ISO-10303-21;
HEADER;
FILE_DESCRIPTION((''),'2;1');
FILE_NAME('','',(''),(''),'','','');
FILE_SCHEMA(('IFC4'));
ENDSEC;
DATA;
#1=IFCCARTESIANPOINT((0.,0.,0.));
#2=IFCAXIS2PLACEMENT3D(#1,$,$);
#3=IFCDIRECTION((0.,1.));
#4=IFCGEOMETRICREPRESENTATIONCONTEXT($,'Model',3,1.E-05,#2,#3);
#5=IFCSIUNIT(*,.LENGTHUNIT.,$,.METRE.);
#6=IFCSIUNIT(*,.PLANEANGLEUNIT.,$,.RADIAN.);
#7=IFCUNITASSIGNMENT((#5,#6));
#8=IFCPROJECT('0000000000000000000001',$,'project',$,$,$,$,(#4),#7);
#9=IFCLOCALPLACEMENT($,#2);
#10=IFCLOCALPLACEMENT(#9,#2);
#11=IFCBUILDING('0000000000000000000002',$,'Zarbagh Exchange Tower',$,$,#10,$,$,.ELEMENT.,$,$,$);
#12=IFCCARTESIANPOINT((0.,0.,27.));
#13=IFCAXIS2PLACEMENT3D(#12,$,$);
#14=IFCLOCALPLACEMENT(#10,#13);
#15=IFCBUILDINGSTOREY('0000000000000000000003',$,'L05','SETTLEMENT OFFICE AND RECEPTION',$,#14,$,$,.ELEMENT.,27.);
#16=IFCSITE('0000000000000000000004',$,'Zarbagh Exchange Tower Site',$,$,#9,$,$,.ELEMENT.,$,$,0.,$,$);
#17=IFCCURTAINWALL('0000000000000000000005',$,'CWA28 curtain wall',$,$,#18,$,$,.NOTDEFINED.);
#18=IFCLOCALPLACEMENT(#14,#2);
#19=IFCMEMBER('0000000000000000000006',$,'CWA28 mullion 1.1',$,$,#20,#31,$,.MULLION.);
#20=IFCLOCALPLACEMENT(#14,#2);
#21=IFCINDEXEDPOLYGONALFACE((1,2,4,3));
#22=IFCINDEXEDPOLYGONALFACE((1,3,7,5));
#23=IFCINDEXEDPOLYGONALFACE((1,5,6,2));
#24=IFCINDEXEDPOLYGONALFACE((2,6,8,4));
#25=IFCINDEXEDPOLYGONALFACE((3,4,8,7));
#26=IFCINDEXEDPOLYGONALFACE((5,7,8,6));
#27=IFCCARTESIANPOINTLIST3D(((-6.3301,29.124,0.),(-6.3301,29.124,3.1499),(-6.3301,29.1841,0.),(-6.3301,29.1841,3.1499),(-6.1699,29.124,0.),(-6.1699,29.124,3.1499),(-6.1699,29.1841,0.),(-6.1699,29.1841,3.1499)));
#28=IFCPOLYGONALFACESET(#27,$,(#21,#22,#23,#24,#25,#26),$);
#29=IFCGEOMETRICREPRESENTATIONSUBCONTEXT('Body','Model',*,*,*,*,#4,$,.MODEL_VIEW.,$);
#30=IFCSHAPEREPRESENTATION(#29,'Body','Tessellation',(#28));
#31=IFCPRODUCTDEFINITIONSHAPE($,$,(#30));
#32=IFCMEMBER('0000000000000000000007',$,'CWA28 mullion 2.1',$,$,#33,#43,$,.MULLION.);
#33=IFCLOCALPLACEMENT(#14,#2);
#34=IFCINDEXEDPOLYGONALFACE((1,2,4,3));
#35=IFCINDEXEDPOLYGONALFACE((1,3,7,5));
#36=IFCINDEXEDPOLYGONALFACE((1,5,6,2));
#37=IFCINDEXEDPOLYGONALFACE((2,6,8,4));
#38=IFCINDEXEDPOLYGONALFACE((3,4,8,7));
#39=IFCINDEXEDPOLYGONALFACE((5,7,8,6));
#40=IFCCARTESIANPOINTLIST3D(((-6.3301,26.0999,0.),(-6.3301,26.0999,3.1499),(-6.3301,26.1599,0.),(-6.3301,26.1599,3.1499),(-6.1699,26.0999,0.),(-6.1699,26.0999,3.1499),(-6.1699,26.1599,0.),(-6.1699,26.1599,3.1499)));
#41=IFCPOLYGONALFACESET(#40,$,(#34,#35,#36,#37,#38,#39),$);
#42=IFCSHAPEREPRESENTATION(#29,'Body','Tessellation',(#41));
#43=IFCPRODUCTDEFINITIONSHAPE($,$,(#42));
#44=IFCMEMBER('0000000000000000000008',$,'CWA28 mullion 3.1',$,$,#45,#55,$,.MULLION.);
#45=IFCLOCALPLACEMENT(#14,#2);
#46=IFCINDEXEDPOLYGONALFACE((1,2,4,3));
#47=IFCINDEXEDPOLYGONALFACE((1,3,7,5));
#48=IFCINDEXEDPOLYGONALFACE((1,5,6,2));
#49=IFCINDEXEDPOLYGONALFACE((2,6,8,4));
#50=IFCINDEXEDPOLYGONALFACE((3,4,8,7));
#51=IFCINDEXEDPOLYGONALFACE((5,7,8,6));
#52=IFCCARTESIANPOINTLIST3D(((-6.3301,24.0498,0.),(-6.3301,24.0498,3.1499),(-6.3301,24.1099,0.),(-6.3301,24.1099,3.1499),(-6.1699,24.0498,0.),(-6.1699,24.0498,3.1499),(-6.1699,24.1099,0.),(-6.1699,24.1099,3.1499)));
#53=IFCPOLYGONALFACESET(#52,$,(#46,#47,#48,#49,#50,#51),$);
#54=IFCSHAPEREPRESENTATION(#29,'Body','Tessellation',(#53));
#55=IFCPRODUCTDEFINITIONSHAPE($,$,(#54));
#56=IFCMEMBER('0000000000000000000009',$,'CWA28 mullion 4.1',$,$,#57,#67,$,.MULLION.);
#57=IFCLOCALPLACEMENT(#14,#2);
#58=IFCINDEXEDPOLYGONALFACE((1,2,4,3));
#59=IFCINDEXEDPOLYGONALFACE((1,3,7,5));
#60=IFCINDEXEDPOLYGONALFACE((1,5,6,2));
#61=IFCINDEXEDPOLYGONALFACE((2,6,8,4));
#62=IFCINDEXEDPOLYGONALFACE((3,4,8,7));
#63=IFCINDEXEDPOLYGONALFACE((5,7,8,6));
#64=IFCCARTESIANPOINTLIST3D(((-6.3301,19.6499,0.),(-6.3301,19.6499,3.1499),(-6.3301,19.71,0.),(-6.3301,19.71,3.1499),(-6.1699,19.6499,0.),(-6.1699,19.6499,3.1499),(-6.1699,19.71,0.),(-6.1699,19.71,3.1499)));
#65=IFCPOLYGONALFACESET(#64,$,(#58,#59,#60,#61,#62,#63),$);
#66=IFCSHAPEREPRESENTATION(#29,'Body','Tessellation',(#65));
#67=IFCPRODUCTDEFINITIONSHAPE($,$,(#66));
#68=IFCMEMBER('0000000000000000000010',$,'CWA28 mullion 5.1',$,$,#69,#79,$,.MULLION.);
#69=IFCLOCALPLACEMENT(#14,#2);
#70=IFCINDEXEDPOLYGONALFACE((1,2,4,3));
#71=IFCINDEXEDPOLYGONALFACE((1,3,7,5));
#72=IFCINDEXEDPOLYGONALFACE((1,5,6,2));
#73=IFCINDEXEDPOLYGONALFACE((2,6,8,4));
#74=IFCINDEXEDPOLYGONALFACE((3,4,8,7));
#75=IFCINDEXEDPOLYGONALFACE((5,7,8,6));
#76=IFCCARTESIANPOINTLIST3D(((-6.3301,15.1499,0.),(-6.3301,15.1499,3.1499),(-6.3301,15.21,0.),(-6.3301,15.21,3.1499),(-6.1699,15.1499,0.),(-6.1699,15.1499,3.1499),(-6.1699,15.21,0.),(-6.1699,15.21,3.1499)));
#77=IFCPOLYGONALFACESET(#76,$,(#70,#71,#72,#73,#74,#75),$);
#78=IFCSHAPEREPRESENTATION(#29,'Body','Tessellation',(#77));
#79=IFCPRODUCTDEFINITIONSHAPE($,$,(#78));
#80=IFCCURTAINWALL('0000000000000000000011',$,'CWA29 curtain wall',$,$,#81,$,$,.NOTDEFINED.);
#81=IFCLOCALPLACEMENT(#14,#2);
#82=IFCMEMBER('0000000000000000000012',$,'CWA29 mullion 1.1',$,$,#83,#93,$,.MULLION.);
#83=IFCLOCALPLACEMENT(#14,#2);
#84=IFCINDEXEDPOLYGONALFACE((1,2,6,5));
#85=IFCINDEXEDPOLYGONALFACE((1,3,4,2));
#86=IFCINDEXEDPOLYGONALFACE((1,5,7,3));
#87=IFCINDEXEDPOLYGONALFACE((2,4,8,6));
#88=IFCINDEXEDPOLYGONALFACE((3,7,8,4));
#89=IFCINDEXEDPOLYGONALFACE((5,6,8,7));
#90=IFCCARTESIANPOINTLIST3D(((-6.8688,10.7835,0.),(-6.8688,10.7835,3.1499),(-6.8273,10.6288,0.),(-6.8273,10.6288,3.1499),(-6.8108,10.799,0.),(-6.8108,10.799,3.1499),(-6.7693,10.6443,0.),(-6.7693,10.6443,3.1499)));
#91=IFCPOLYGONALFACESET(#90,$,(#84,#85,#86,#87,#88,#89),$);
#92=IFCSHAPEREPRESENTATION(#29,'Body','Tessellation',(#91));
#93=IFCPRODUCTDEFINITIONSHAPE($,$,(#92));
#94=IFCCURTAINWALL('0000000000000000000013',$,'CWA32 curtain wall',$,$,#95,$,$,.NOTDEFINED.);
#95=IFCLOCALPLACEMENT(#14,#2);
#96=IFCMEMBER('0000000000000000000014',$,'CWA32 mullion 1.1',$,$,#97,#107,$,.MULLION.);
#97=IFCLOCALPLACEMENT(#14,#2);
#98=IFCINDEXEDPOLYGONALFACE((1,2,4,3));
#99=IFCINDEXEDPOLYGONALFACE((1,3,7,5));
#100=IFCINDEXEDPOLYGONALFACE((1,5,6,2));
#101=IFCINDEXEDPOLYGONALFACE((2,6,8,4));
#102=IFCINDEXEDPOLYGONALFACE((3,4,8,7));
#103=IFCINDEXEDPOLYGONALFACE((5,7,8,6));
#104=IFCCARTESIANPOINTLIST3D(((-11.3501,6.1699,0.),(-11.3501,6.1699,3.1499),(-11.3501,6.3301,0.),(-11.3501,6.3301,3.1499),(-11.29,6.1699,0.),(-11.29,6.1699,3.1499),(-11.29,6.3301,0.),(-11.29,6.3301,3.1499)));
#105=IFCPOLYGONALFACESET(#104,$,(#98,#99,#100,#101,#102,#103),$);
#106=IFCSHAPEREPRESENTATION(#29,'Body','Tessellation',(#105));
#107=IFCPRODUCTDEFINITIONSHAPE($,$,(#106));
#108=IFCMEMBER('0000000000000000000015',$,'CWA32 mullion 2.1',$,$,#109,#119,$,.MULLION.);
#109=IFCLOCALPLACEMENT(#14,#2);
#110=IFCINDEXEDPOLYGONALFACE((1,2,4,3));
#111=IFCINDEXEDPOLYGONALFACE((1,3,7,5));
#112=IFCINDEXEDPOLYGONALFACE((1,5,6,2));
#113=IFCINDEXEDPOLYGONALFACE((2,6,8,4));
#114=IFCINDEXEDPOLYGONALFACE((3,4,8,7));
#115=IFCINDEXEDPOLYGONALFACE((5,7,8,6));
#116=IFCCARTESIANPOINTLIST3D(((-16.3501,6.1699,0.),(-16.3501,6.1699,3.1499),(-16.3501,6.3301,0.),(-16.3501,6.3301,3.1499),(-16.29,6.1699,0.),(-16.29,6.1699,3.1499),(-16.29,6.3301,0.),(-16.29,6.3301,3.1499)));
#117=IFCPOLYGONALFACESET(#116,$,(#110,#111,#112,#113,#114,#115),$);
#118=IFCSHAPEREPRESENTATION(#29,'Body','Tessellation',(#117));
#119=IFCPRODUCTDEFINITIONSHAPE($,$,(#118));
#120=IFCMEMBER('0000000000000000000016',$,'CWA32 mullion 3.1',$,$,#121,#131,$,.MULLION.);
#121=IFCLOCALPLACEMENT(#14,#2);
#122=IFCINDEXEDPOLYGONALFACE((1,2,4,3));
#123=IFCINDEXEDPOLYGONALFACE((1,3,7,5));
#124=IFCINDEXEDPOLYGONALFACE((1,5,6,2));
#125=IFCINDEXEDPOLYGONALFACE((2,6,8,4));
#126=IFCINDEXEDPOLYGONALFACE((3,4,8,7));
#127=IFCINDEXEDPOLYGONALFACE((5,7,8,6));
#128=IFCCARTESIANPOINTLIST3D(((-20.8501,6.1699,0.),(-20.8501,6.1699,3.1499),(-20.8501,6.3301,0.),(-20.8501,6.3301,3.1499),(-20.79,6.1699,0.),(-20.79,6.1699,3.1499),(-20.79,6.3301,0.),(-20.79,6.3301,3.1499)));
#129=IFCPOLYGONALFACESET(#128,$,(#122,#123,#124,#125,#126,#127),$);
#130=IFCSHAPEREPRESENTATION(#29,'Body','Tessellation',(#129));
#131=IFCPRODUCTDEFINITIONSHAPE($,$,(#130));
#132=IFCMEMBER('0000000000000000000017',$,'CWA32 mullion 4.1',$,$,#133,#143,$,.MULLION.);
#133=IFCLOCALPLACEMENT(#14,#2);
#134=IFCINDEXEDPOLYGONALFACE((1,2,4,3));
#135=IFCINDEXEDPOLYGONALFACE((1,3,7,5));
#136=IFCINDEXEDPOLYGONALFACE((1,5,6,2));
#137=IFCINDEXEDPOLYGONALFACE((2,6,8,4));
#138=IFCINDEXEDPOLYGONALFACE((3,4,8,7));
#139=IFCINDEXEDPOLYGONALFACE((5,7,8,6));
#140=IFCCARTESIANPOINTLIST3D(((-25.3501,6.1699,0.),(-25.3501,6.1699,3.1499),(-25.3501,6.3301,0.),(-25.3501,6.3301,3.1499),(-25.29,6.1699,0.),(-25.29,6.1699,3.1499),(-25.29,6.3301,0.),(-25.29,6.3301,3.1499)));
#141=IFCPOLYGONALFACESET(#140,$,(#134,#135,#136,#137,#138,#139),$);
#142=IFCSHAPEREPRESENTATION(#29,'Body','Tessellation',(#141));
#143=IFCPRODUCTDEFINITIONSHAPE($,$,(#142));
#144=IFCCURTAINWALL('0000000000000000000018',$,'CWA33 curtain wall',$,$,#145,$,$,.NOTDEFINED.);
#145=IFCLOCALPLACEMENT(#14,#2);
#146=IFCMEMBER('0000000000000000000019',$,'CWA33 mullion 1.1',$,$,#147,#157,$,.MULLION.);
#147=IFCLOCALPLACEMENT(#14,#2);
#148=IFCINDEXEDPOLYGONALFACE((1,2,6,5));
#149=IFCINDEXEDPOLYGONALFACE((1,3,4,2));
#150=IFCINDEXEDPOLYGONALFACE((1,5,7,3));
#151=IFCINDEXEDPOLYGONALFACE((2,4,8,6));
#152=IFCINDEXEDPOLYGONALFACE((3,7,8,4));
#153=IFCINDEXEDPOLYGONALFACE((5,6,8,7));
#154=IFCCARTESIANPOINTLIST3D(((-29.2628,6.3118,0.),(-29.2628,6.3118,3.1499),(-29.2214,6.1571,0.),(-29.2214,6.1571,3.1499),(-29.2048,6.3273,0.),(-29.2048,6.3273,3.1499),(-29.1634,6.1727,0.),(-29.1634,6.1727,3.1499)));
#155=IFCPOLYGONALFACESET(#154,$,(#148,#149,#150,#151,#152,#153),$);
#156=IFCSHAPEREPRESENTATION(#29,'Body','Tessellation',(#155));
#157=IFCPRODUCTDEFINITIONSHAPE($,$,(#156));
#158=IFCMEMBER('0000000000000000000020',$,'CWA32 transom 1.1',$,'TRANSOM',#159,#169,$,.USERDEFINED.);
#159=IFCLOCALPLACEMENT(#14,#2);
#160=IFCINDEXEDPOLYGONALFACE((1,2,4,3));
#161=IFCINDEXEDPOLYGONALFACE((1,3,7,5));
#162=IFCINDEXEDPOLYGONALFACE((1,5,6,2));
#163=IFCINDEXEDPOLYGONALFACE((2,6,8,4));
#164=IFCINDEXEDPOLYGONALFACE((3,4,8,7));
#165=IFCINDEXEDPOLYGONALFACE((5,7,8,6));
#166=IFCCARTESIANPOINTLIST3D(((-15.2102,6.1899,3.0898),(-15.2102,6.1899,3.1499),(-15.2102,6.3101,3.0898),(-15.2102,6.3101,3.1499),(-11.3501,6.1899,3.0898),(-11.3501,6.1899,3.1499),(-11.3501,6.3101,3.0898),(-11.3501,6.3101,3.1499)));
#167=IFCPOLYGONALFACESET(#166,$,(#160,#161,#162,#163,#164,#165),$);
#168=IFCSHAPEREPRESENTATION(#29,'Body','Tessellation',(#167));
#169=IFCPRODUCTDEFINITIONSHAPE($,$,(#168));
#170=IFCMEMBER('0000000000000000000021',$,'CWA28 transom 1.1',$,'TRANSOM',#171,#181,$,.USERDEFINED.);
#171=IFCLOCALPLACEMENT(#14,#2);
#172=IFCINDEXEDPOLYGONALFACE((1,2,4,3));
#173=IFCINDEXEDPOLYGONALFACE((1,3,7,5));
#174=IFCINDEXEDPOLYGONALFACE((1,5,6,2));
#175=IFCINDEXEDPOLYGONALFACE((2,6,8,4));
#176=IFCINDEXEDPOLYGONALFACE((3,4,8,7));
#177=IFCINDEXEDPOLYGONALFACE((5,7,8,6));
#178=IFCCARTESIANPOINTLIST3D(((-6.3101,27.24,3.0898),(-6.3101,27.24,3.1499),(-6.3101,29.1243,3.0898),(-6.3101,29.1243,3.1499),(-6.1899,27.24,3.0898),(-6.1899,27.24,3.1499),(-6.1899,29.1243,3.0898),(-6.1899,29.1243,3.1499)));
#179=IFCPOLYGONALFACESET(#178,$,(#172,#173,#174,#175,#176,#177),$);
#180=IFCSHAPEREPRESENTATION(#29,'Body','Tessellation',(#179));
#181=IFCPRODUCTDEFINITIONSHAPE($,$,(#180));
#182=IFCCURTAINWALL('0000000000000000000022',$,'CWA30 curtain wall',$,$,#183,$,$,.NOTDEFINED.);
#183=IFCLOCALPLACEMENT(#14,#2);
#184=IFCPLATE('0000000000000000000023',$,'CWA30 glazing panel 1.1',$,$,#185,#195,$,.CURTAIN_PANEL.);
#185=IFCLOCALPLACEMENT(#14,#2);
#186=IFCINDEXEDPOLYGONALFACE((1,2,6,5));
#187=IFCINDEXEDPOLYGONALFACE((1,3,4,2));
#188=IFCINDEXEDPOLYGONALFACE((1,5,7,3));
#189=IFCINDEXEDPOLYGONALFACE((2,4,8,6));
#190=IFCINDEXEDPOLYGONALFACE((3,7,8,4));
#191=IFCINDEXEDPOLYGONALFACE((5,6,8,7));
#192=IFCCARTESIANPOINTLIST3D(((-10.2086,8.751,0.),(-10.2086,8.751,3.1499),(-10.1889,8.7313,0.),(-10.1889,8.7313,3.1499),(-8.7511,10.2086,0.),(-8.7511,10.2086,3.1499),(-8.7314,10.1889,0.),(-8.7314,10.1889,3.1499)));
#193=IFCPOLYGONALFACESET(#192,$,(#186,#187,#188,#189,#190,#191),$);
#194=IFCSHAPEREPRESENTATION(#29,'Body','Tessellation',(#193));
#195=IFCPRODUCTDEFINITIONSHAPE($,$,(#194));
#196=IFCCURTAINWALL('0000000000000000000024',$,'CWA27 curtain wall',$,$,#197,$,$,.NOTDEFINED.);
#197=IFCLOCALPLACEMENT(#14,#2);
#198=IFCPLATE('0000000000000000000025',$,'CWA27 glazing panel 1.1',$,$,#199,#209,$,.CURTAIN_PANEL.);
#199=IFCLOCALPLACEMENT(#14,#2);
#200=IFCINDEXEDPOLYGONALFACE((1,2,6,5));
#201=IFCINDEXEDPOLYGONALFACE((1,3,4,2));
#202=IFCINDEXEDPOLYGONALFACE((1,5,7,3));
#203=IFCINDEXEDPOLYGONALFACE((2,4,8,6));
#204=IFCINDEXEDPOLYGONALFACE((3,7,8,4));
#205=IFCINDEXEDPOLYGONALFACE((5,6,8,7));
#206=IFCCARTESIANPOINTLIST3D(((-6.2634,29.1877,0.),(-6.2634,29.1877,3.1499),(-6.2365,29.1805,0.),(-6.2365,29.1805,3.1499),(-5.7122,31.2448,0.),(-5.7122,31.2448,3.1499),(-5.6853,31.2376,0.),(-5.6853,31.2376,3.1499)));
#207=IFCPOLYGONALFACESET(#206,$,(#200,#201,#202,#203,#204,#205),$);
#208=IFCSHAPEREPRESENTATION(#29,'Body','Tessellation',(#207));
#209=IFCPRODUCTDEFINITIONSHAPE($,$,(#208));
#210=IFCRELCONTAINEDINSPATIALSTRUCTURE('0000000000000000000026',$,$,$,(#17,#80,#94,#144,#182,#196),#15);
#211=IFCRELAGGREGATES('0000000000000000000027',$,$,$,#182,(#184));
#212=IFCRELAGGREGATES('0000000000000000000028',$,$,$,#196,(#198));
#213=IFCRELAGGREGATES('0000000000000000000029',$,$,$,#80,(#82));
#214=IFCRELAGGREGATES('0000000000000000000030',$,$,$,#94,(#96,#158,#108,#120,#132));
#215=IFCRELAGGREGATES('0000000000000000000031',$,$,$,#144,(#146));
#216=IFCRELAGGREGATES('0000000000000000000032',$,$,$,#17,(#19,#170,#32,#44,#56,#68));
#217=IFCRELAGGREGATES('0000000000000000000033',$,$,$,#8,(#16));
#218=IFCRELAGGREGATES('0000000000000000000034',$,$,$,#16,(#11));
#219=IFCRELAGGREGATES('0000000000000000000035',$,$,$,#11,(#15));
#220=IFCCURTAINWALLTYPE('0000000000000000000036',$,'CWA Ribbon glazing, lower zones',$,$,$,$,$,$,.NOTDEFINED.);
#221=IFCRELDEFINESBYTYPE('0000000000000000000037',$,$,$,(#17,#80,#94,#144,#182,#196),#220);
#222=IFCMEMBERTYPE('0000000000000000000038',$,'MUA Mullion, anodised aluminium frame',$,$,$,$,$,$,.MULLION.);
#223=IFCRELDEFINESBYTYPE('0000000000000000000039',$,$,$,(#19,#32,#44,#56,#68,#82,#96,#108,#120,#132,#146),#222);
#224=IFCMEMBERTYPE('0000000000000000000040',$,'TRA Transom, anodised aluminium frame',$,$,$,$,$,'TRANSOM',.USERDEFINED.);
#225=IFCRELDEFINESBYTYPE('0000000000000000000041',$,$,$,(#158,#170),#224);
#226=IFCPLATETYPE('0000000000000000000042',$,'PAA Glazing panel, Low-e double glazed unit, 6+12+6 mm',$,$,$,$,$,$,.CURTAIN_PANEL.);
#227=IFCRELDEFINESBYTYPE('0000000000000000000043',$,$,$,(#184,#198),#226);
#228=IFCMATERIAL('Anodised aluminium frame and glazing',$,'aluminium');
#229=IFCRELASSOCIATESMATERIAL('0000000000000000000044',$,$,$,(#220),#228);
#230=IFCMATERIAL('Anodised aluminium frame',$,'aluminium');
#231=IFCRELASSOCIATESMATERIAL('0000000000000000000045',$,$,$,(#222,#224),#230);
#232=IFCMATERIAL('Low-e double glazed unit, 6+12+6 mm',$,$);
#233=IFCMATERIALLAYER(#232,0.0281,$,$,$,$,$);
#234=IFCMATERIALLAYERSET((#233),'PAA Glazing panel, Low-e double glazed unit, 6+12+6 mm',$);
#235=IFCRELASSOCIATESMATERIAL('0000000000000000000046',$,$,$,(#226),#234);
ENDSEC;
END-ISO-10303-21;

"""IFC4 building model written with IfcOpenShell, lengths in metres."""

from ifc_helpers import new_model, si_unit, direction, frame, origin, place, context, subcontext, project, spatial, polyline, outline, extrude, source, transform, mapped, material, layer, layer_set, type_object, element, aggregate, save


model = new_model("IFC4")

# Units and contexts
model_context = context("Model", 3, precision=1e-05, world=origin(), true_north=direction((0.0, 1.0)))
body_context = subcontext(model_context, "Body", "Model", "MODEL_VIEW")
ifc_project = project(units=[si_unit("LENGTHUNIT", "METRE"), si_unit("PLANEANGLEUNIT", "RADIAN")], contexts=[model_context])

# Site, building, storey
site_placement = place(None, origin())
site = spatial("IfcSite", under=ifc_project, at=site_placement, Name="Zarbagh Exchange Tower Site", CompositionType="ELEMENT", RefElevation=0.0)
building_placement = place(site_placement, origin())
building = spatial("IfcBuilding", under=site, at=building_placement, Name="Zarbagh Exchange Tower", CompositionType="ELEMENT")
storey_placement = place(building_placement, frame((0.0, 0.0, 27.0)))
storey = spatial("IfcBuildingStorey", under=building, at=storey_placement, Name="L05", Description="SETTLEMENT OFFICE AND RECEPTION", CompositionType="ELEMENT", Elevation=27.0)

# Curtain wall, members
ifc_material_1 = material(Name="Anodised aluminium frame and glazing", Category="aluminium")
curtain_wall_type = type_object("IfcCurtainWallType", Name="CWA Ribbon glazing, lower zones", PredefinedType="NOTDEFINED", material=ifc_material_1)
curtain_wall_1_placement = place(storey_placement, origin())
curtain_wall_1 = element("IfcCurtainWall", 1, at=curtain_wall_1_placement, inside=storey, type_object=curtain_wall_type, Name="CWA28 curtain wall", PredefinedType="NOTDEFINED")
ifc_material_2 = material(Name="Anodised aluminium frame", Category="aluminium")
member_type_1 = type_object("IfcMemberType", Name="MUA Mullion, anodised aluminium frame", PredefinedType="MULLION", material=ifc_material_2)
shared_shape_1 = source(origin(), body_context, "Body", "SweptSolid", [
    extrude(outline(polyline([(0.0, -0.0801), (0.0601, -0.0801), (0.0601, 0.0801), (0.0, 0.0801), (0.0, -0.0801)])), origin(), (0.0, 0.0, 1.0), 3.1499),
])
placement = place(storey_placement, origin())
member_1 = element("IfcMember", 2, at=placement, type_object=member_type_1, Name="CWA28 mullion 1.1", PredefinedType="MULLION", context=body_context, shape_type="MappedRepresentation", body=[
    mapped(shared_shape_1, transform((-6.25, 29.1841, 0.0), x_axis=(0.0, -1.0, 0.0), y_axis=(1.0, 0.0, 0.0), z_axis=(0.0, 0.0, 1.0))),
])
member_2 = element("IfcMember", 3, at=placement, type_object=member_type_1, Name="CWA28 mullion 2.1", PredefinedType="MULLION", context=body_context, shape_type="MappedRepresentation", body=[
    mapped(shared_shape_1, transform((-6.25, 26.1599, 0.0), x_axis=(0.0, -1.0, 0.0), y_axis=(1.0, 0.0, 0.0), z_axis=(0.0, 0.0, 1.0))),
])
member_3 = element("IfcMember", 4, at=placement, type_object=member_type_1, Name="CWA28 mullion 3.1", PredefinedType="MULLION", context=body_context, shape_type="MappedRepresentation", body=[
    mapped(shared_shape_1, transform((-6.25, 24.1099, 0.0), x_axis=(0.0, -1.0, 0.0), y_axis=(1.0, 0.0, 0.0), z_axis=(0.0, 0.0, 1.0))),
])
member_4 = element("IfcMember", 5, at=placement, type_object=member_type_1, Name="CWA28 mullion 4.1", PredefinedType="MULLION", context=body_context, shape_type="MappedRepresentation", body=[
    mapped(shared_shape_1, transform((-6.25, 19.71, 0.0), x_axis=(0.0, -1.0, 0.0), y_axis=(1.0, 0.0, 0.0), z_axis=(0.0, 0.0, 1.0))),
])
member_5 = element("IfcMember", 6, at=placement, type_object=member_type_1, Name="CWA28 mullion 5.1", PredefinedType="MULLION", context=body_context, shape_type="MappedRepresentation", body=[
    mapped(shared_shape_1, transform((-6.25, 15.21, 0.0), x_axis=(0.0, -1.0, 0.0), y_axis=(1.0, 0.0, 0.0), z_axis=(0.0, 0.0, 1.0))),
])

# Curtain wall, member
curtain_wall_2_placement = place(storey_placement, origin())
curtain_wall_2 = element("IfcCurtainWall", 7, at=curtain_wall_2_placement, inside=storey, type_object=curtain_wall_type, Name="CWA29 curtain wall", PredefinedType="NOTDEFINED")
member_6 = element("IfcMember", 8, at=placement, type_object=member_type_1, Name="CWA29 mullion 1.1", PredefinedType="MULLION", context=body_context, shape_type="MappedRepresentation", body=[
    mapped(shared_shape_1, transform((-6.79, 10.7217, 0.0), x_axis=(-0.965924, -0.258825, 0.0), y_axis=(0.258825, -0.965924, 0.0), z_axis=(0.0, 0.0, 1.0))),
])

# Curtain wall, members
curtain_wall_3_placement = place(storey_placement, origin())
curtain_wall_3 = element("IfcCurtainWall", 9, at=curtain_wall_3_placement, inside=storey, type_object=curtain_wall_type, Name="CWA32 curtain wall", PredefinedType="NOTDEFINED")
member_7 = element("IfcMember", 10, at=placement, type_object=member_type_1, Name="CWA32 mullion 1.1", PredefinedType="MULLION", context=body_context, shape_type="MappedRepresentation", body=[
    mapped(shared_shape_1, transform((-11.29, 6.25, 0.0), x_axis=(-1.0, 0.0, 0.0), y_axis=(0.0, -1.0, 0.0), z_axis=(0.0, 0.0, 1.0))),
])
member_8 = element("IfcMember", 11, at=placement, type_object=member_type_1, Name="CWA32 mullion 2.1", PredefinedType="MULLION", context=body_context, shape_type="MappedRepresentation", body=[
    mapped(shared_shape_1, transform((-16.29, 6.25, 0.0), x_axis=(-1.0, 0.0, 0.0), y_axis=(0.0, -1.0, 0.0), z_axis=(0.0, 0.0, 1.0))),
])
member_9 = element("IfcMember", 12, at=placement, type_object=member_type_1, Name="CWA32 mullion 3.1", PredefinedType="MULLION", context=body_context, shape_type="MappedRepresentation", body=[
    mapped(shared_shape_1, transform((-20.79, 6.25, 0.0), x_axis=(-1.0, 0.0, 0.0), y_axis=(0.0, -1.0, 0.0), z_axis=(0.0, 0.0, 1.0))),
])
member_10 = element("IfcMember", 13, at=placement, type_object=member_type_1, Name="CWA32 mullion 4.1", PredefinedType="MULLION", context=body_context, shape_type="MappedRepresentation", body=[
    mapped(shared_shape_1, transform((-25.29, 6.25, 0.0), x_axis=(-1.0, 0.0, 0.0), y_axis=(0.0, -1.0, 0.0), z_axis=(0.0, 0.0, 1.0))),
])

# Curtain wall, member
curtain_wall_4_placement = place(storey_placement, origin())
curtain_wall_4 = element("IfcCurtainWall", 14, at=curtain_wall_4_placement, inside=storey, type_object=curtain_wall_type, Name="CWA33 curtain wall", PredefinedType="NOTDEFINED")
member_11 = element("IfcMember", 15, at=placement, type_object=member_type_1, Name="CWA33 mullion 1.1", PredefinedType="MULLION", context=body_context, shape_type="MappedRepresentation", body=[
    mapped(shared_shape_1, transform((-29.1841, 6.25, 0.0), x_axis=(-0.965924, -0.258825, 0.0), y_axis=(0.258825, -0.965924, 0.0), z_axis=(0.0, 0.0, 1.0))),
])

# Members
member_type_2 = type_object("IfcMemberType", Name="TRA Transom, anodised aluminium frame", ElementType="TRANSOM", PredefinedType="USERDEFINED", material=ifc_material_2)
shared_shape_2 = source(origin(), body_context, "Body", "SweptSolid", [
    extrude(outline(polyline([(-0.0601, -0.0601), (0.0, -0.0601), (0.0, 0.0601), (-0.0601, 0.0601), (-0.0601, -0.0601)])), origin(), (0.0, 0.0, 1.0), 3.8601),
])
member_12 = element("IfcMember", 16, at=placement, type_object=member_type_2, Name="CWA32 transom 1.1", ObjectType="TRANSOM", PredefinedType="USERDEFINED", context=body_context, shape_type="MappedRepresentation", body=[
    mapped(shared_shape_2, transform((-11.3501, 6.25, 3.1499), x_axis=(0.0, 0.0, 1.0), y_axis=(0.0, 1.0, 0.0), z_axis=(-1.0, 0.0, 0.0))),
])
shared_shape_3 = source(origin(), body_context, "Body", "SweptSolid", [
    extrude(outline(polyline([(-0.0601, -0.0601), (0.0, -0.0601), (0.0, 0.0601), (-0.0601, 0.0601), (-0.0601, -0.0601)])), origin(), (0.0, 0.0, 1.0), 1.8843),
])
member_13 = element("IfcMember", 17, at=placement, type_object=member_type_2, Name="CWA28 transom 1.1", ObjectType="TRANSOM", PredefinedType="USERDEFINED", context=body_context, shape_type="MappedRepresentation", body=[
    mapped(shared_shape_3, transform((-6.25, 29.1243, 3.1499), x_axis=(0.0, 0.0, 1.0), y_axis=(-1.0, 0.0, 0.0), z_axis=(0.0, -1.0, 0.0))),
])

# Curtain walls, plates
curtain_wall_5_placement = place(storey_placement, origin())
curtain_wall_5 = element("IfcCurtainWall", 18, at=curtain_wall_5_placement, inside=storey, type_object=curtain_wall_type, Name="CWA30 curtain wall", PredefinedType="NOTDEFINED")
ifc_material_3 = material(Name="Low-e double glazed unit, 6+12+6 mm")
ifc_layer = layer(ifc_material_3, 0.0281)
ifc_layer_set = layer_set([ifc_layer], Name="PAA Glazing panel, Low-e double glazed unit, 6+12+6 mm")
plate_type = type_object("IfcPlateType", Name="PAA Glazing panel, Low-e double glazed unit, 6+12+6 mm", PredefinedType="CURTAIN_PANEL", material=ifc_layer_set)
shared_shape_4 = source(origin(), body_context, "Body", "SweptSolid", [
    extrude(outline(polyline([(0.0, -0.0139), (2.0613, -0.0139), (2.0613, 0.0139), (0.0, 0.0139), (0.0, -0.0139)])), origin(), (0.0, 0.0, 1.0), 3.1499),
])
plate_1 = element("IfcPlate", 19, at=placement, type_object=plate_type, Name="CWA30 glazing panel 1.1", PredefinedType="CURTAIN_PANEL", context=body_context, shape_type="MappedRepresentation", body=[
    mapped(shared_shape_4, transform((-8.7412, 10.1987, 0.0), x_axis=(-0.707107, -0.707107, 0.0), y_axis=(0.707107, -0.707107, 0.0), z_axis=(0.0, 0.0, 1.0))),
])
aggregate(curtain_wall_5, [plate_1])
curtain_wall_6_placement = place(storey_placement, origin())
curtain_wall_6 = element("IfcCurtainWall", 20, at=curtain_wall_6_placement, inside=storey, type_object=curtain_wall_type, Name="CWA27 curtain wall", PredefinedType="NOTDEFINED")
shared_shape_5 = source(origin(), body_context, "Body", "SweptSolid", [
    extrude(outline(polyline([(0.0, -0.0139), (2.1296, -0.0139), (2.1296, 0.0139), (0.0, 0.0139), (0.0, -0.0139)])), origin(), (0.0, 0.0, 1.0), 3.1499),
])
plate_2 = element("IfcPlate", 21, at=placement, type_object=plate_type, Name="CWA27 glazing panel 1.1", PredefinedType="CURTAIN_PANEL", context=body_context, shape_type="MappedRepresentation", body=[
    mapped(shared_shape_5, transform((-5.6987, 31.2412, 0.0), x_axis=(-0.258825, -0.965924, 0.0), y_axis=(0.965924, -0.258825, 0.0), z_axis=(0.0, 0.0, 1.0))),
])
aggregate(curtain_wall_6, [plate_2])

aggregate(curtain_wall_2, [member_6])

aggregate(curtain_wall_3, [member_7, member_12, member_8, member_9, member_10])
aggregate(curtain_wall_4, [member_11])
aggregate(curtain_wall_1, [member_1, member_13, member_2, member_3, member_4, member_5])

save(model, "model.ifc")
